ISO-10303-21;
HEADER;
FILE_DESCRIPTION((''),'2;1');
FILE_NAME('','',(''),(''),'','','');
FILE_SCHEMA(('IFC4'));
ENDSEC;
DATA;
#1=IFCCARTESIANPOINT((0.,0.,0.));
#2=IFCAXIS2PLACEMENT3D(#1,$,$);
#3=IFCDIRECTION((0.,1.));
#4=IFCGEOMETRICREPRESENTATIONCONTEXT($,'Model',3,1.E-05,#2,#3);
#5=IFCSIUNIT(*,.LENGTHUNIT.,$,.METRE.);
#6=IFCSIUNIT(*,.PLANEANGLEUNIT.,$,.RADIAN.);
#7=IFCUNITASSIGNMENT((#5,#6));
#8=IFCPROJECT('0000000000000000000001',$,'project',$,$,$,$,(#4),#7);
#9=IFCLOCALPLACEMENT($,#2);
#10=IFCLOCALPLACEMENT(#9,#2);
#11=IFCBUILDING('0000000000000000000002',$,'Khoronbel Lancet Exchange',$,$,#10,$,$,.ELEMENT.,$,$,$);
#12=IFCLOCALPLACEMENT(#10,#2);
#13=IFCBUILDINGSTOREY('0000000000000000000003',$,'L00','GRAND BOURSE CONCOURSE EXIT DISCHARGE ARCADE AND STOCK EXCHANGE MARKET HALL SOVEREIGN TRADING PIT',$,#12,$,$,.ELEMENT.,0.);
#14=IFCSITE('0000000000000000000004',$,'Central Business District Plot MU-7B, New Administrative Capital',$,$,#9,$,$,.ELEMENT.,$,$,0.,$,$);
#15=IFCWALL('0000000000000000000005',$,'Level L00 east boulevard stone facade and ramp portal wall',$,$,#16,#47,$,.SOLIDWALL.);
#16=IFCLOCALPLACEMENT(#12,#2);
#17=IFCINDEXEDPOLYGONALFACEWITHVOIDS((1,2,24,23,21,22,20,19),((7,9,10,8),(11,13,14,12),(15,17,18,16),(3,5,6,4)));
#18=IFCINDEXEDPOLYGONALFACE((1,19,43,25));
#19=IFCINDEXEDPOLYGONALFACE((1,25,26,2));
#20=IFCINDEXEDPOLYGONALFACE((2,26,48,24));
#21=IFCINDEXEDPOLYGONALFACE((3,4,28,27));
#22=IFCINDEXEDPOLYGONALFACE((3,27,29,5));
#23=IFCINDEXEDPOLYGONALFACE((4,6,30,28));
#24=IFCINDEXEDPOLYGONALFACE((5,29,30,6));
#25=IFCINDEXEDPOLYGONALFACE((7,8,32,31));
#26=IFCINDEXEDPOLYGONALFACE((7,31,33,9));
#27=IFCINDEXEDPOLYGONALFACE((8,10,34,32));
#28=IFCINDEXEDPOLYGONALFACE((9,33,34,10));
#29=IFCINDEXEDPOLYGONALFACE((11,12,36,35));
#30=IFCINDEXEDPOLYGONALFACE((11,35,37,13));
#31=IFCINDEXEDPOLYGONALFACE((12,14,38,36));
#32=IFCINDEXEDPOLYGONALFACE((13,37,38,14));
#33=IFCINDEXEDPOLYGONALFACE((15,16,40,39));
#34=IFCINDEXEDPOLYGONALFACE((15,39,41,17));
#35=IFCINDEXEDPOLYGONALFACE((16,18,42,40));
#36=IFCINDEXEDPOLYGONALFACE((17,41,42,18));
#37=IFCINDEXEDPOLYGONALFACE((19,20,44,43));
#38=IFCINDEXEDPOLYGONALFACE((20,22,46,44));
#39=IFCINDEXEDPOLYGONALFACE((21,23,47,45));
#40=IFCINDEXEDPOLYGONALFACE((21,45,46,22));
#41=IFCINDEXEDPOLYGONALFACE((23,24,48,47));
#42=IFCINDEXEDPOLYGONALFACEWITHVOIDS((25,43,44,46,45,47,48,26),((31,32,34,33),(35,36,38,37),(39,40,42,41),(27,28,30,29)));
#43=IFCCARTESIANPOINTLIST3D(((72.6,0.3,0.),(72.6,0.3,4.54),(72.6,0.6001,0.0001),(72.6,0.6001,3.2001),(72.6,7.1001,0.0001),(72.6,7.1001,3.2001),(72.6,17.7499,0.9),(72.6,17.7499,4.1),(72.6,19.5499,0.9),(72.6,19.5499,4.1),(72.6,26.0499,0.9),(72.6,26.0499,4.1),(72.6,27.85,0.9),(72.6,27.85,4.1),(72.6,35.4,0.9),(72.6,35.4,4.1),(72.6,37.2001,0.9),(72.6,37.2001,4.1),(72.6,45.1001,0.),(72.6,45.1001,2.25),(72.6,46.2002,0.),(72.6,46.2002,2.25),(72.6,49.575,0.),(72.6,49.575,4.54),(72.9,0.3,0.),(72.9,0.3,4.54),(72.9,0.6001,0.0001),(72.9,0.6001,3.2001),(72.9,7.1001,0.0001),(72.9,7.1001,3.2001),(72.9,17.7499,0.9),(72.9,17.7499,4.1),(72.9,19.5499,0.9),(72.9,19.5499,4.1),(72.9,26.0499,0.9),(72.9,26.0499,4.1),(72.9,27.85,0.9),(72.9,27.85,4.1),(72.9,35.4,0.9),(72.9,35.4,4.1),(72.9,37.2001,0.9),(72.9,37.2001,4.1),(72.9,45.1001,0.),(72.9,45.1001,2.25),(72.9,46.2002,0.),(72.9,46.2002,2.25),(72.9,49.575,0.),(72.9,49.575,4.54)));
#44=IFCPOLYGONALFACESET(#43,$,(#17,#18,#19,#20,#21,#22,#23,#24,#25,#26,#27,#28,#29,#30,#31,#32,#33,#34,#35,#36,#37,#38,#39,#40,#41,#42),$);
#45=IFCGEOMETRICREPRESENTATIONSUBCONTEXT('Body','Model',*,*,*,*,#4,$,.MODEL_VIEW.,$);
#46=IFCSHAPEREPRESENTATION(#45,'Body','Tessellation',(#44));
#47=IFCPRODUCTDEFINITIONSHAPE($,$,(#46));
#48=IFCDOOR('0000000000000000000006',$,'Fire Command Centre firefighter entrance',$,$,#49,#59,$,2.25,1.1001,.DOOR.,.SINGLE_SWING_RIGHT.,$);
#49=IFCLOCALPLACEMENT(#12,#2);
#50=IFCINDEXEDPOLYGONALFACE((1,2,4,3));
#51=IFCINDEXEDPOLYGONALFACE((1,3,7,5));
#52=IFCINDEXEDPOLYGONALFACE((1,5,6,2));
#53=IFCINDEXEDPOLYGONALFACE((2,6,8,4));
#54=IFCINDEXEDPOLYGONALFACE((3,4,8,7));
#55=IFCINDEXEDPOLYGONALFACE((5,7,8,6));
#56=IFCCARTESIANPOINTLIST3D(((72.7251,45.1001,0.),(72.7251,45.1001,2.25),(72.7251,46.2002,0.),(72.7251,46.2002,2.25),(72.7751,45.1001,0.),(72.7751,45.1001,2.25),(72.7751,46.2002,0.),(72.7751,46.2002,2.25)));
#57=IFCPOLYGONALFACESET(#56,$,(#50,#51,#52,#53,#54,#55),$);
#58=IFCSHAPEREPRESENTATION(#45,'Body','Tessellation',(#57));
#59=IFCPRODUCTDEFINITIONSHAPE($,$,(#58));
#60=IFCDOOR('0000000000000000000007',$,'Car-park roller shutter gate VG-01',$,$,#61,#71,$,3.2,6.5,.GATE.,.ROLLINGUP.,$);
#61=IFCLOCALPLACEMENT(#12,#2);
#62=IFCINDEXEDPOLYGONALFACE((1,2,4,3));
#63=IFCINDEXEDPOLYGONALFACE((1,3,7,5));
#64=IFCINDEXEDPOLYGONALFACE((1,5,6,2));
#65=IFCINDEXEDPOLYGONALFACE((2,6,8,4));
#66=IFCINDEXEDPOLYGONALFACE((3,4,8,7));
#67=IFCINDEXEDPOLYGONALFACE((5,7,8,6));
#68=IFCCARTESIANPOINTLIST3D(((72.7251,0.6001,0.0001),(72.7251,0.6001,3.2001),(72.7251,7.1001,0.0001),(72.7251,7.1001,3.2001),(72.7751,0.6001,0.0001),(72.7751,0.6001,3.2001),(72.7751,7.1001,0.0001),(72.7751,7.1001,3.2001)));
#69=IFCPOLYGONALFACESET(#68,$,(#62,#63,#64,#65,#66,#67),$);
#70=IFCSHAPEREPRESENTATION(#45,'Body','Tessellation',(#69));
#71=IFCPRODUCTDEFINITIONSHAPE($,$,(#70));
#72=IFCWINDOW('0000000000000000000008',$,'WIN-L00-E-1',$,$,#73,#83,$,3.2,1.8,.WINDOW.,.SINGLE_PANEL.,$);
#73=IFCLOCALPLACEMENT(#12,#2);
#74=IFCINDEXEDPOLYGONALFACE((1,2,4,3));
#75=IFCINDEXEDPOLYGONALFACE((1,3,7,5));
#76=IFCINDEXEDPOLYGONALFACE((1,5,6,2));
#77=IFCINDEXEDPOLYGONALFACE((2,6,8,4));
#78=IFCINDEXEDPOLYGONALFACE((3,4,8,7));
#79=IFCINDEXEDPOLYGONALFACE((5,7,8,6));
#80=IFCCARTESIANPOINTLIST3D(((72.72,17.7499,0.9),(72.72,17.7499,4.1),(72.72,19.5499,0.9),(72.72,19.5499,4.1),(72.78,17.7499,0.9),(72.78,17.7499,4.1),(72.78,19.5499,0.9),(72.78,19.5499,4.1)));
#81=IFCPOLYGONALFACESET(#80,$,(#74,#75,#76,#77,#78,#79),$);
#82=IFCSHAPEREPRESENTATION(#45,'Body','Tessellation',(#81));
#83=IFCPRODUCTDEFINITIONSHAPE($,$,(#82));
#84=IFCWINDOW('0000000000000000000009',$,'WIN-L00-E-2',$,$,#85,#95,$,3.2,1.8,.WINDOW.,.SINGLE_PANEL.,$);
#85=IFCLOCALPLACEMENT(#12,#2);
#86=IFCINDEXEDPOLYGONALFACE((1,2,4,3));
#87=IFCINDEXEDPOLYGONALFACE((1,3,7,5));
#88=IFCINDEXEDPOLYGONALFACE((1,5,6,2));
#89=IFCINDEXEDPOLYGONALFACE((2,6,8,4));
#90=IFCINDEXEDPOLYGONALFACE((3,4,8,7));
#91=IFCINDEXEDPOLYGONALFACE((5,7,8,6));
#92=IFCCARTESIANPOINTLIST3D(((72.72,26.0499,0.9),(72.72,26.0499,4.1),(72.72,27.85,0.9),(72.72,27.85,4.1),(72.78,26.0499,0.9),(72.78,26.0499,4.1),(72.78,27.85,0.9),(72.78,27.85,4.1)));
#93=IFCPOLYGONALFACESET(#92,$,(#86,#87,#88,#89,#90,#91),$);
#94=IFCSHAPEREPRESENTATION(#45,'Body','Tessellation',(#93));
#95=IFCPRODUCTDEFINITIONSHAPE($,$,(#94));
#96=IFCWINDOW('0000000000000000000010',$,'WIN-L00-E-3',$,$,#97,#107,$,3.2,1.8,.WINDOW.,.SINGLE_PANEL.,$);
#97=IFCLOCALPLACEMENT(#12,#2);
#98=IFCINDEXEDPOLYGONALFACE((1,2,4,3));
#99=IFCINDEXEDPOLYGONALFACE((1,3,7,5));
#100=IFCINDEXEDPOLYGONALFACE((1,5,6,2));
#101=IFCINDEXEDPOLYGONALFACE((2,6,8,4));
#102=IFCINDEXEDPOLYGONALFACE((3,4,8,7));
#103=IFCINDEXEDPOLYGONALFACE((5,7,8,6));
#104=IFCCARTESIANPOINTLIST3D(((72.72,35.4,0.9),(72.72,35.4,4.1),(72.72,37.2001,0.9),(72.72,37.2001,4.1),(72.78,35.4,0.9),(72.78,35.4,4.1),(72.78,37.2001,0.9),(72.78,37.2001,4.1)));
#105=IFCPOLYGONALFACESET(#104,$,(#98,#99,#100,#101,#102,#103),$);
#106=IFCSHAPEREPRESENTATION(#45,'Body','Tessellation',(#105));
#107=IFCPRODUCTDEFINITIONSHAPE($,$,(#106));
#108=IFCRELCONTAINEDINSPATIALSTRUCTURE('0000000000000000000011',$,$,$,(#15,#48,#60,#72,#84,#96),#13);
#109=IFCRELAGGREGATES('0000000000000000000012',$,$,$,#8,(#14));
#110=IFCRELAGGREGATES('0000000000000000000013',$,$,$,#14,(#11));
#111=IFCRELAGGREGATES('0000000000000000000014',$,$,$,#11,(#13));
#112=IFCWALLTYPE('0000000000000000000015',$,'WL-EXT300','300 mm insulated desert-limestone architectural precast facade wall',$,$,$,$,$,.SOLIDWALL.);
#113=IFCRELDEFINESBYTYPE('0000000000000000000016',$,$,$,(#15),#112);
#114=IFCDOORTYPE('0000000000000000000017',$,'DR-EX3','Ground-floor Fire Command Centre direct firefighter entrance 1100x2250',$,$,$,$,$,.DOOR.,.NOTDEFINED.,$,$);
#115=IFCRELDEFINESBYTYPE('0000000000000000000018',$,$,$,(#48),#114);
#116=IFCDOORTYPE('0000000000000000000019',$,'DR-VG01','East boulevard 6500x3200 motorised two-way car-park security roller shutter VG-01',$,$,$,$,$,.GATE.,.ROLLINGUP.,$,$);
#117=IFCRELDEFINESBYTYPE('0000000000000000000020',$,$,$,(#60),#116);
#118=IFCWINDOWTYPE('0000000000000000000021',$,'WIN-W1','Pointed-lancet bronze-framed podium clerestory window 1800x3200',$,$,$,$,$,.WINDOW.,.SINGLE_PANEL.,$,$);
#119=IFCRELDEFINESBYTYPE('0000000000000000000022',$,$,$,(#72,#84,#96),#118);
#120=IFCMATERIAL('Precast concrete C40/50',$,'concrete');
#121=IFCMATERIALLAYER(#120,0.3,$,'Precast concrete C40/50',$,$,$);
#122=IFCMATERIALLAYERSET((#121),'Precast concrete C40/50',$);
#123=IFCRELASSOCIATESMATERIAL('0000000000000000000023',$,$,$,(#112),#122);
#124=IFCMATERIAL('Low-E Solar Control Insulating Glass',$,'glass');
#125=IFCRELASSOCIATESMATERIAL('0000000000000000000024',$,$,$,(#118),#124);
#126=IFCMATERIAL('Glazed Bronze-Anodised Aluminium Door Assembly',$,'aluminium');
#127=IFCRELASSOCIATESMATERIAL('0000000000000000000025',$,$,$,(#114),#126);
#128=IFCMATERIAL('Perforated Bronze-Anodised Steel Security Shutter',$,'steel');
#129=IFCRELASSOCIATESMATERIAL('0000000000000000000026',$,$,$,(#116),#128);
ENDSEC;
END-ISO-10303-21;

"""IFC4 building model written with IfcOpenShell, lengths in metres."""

from ifc_helpers import new_model, si_unit, direction, frame, frame_2d, origin, place, context, subcontext, project, spatial, rectangle, extrude, material, layer, layer_set, type_object, element, fill, save


model = new_model("IFC4")

# Units and contexts
model_context = context("Model", 3, precision=1e-05, world=origin(), true_north=direction((0.0, 1.0)))
body_context = subcontext(model_context, "Body", "Model", "MODEL_VIEW")
ifc_project = project(units=[si_unit("LENGTHUNIT", "METRE"), si_unit("PLANEANGLEUNIT", "RADIAN")], contexts=[model_context])

# Site, building, storey
site_placement = place(None, origin())
site = spatial("IfcSite", under=ifc_project, at=site_placement, Name="Central Business District Plot MU-7B, New Administrative Capital", CompositionType="ELEMENT", RefElevation=0.0)
building_placement = place(site_placement, origin())
building = spatial("IfcBuilding", under=site, at=building_placement, Name="Khoronbel Lancet Exchange", CompositionType="ELEMENT")
storey_placement = place(building_placement, origin())
storey = spatial("IfcBuildingStorey", under=building, at=storey_placement, Name="L00", Description="GRAND BOURSE CONCOURSE EXIT DISCHARGE ARCADE AND STOCK EXCHANGE MARKET HALL SOVEREIGN TRADING PIT", CompositionType="ELEMENT", Elevation=0.0)

# Shared definitions
ifc_material_1 = material(Name="Precast concrete C40/50", Category="concrete")
ifc_material_2 = material(Name="Low-E Solar Control Insulating Glass", Category="glass")

# Wall, openings, doors, windows
ifc_layer_1 = layer(ifc_material_1, 0.3, Name="Precast concrete C40/50")
ifc_layer_set_1 = layer_set([ifc_layer_1], Name="Precast concrete C40/50")
wall_type_1 = type_object("IfcWallType", Name="WL-EXT300", Description="300 mm insulated desert-limestone architectural precast facade wall", PredefinedType="SOLIDWALL", material=ifc_layer_set_1)
ifc_material_3 = material(Name="Glazed Bronze-Anodised Aluminium Door Assembly", Category="aluminium")
window_type_1 = type_object("IfcWindowType", Name="WIN-W1", Description="Pointed-lancet bronze-framed podium clerestory window 1800x3200", PartitioningType="SINGLE_PANEL", PredefinedType="WINDOW", material=ifc_material_2)
wall_1_placement = place(storey_placement, frame((72.75, 0.3, 0.0), z_axis=(0.0, 0.0, 1.0), x_axis=(0.0, 1.0, 0.0)))
wall_1 = element("IfcWall", 1, at=wall_1_placement, inside=storey, type_object=wall_type_1, Name="Level L00 east boulevard stone facade and ramp portal wall", PredefinedType="SOLIDWALL", context=body_context, shape_type="SweptSolid", body=[
    extrude(rectangle(XDim=49.2749, YDim=0.3, at=frame_2d((24.6375, 0.0))), origin(), (0.0, 0.0, 1.0), 4.54),
])
opening_1_placement = place(wall_1_placement, frame((0.3, 0.0, 0.0)))
opening_1 = element("IfcOpeningElement", 2, at=opening_1_placement, cuts=wall_1, PredefinedType="OPENING", context=body_context, shape_type="SweptSolid", body=[
    extrude(rectangle(XDim=6.5, YDim=3.2, at=frame_2d((3.25, 1.6001))), frame((0.0, 0.1602, 0.0), z_axis=(0.0, -1.0, 0.0), x_axis=(1.0, 0.0, 0.0)), (0.0, 0.0, 1.0), 0.3201),
])
opening_2_placement = place(wall_1_placement, frame((44.8, 0.0, 0.0)))
opening_2 = element("IfcOpeningElement", 3, at=opening_2_placement, cuts=wall_1, PredefinedType="OPENING", context=body_context, shape_type="SweptSolid", body=[
    extrude(rectangle(XDim=1.1001, YDim=2.25, at=frame_2d((0.55, 1.125))), frame((0.0, 0.1602, 0.0), z_axis=(0.0, -1.0, 0.0), x_axis=(1.0, 0.0, 0.0)), (0.0, 0.0, 1.0), 0.3201),
])
opening_3_placement = place(wall_1_placement, frame((17.45, 0.0, 0.8999)))
opening_3 = element("IfcOpeningElement", 4, at=opening_3_placement, cuts=wall_1, PredefinedType="OPENING", context=body_context, shape_type="SweptSolid", body=[
    extrude(rectangle(XDim=1.8, YDim=3.2, at=frame_2d((0.8999, 1.6001))), frame((0.0, 0.1602, 0.0), z_axis=(0.0, -1.0, 0.0), x_axis=(1.0, 0.0, 0.0)), (0.0, 0.0, 1.0), 0.3201),
])
opening_4_placement = place(wall_1_placement, frame((25.75, 0.0, 0.8999)))
opening_4 = element("IfcOpeningElement", 5, at=opening_4_placement, cuts=wall_1, PredefinedType="OPENING", context=body_context, shape_type="SweptSolid", body=[
    extrude(rectangle(XDim=1.8, YDim=3.2, at=frame_2d((0.8999, 1.6001))), frame((0.0, 0.1602, 0.0), z_axis=(0.0, -1.0, 0.0), x_axis=(1.0, 0.0, 0.0)), (0.0, 0.0, 1.0), 0.3201),
])
opening_5_placement = place(wall_1_placement, frame((35.1001, 0.0, 0.8999)))
opening_5 = element("IfcOpeningElement", 6, at=opening_5_placement, cuts=wall_1, PredefinedType="OPENING", context=body_context, shape_type="SweptSolid", body=[
    extrude(rectangle(XDim=1.8, YDim=3.2, at=frame_2d((0.8999, 1.6001))), frame((0.0, 0.1602, 0.0), z_axis=(0.0, -1.0, 0.0), x_axis=(1.0, 0.0, 0.0)), (0.0, 0.0, 1.0), 0.3201),
])
door_type_1 = type_object("IfcDoorType", Name="DR-EX3", Description="Ground-floor Fire Command Centre direct firefighter entrance 1100x2250", OperationType="NOTDEFINED", PredefinedType="DOOR", material=ifc_material_3)
door_1_placement = place(opening_2_placement, origin())
door_1 = element("IfcDoor", 7, at=door_1_placement, inside=storey, type_object=door_type_1, Name="Fire Command Centre firefighter entrance", OperationType="SINGLE_SWING_RIGHT", OverallHeight=2.25, OverallWidth=1.1001, PredefinedType="DOOR", context=body_context, shape_type="SweptSolid", body=[
    extrude(rectangle(XDim=1.1001, YDim=2.25, at=frame_2d((0.55, 1.125))), frame((0.0, 0.0249, 0.0), z_axis=(0.0, -1.0, 0.0), x_axis=(1.0, 0.0, 0.0)), (0.0, 0.0, 1.0), 0.05),
])
fill(opening_2, door_1)
ifc_material_4 = material(Name="Perforated Bronze-Anodised Steel Security Shutter", Category="steel")
door_type_2 = type_object("IfcDoorType", Name="DR-VG01", Description="East boulevard 6500x3200 motorised two-way car-park security roller shutter VG-01", OperationType="ROLLINGUP", PredefinedType="GATE", material=ifc_material_4)
door_2_placement = place(opening_1_placement, origin())
door_2 = element("IfcDoor", 8, at=door_2_placement, inside=storey, type_object=door_type_2, Name="Car-park roller shutter gate VG-01", OperationType="ROLLINGUP", OverallHeight=3.2, OverallWidth=6.5, PredefinedType="GATE", context=body_context, shape_type="SweptSolid", body=[
    extrude(rectangle(XDim=6.5, YDim=3.2, at=frame_2d((3.25, 1.6001))), frame((0.0, 0.0249, 0.0), z_axis=(0.0, -1.0, 0.0), x_axis=(1.0, 0.0, 0.0)), (0.0, 0.0, 1.0), 0.05),
])
fill(opening_1, door_2)
window_1_placement = place(opening_3_placement, origin())
window_1 = element("IfcWindow", 9, at=window_1_placement, inside=storey, type_object=window_type_1, Name="WIN-L00-E-1", OverallHeight=3.2, OverallWidth=1.8, PartitioningType="SINGLE_PANEL", PredefinedType="WINDOW", context=body_context, shape_type="SweptSolid", body=[
    extrude(rectangle(XDim=1.8, YDim=3.2, at=frame_2d((0.8999, 1.6001))), frame((0.0, 0.03, 0.0), z_axis=(0.0, -1.0, 0.0), x_axis=(1.0, 0.0, 0.0)), (0.0, 0.0, 1.0), 0.0601),
])
fill(opening_3, window_1)
window_2_placement = place(opening_4_placement, origin())
window_2 = element("IfcWindow", 10, at=window_2_placement, inside=storey, type_object=window_type_1, Name="WIN-L00-E-2", OverallHeight=3.2, OverallWidth=1.8, PartitioningType="SINGLE_PANEL", PredefinedType="WINDOW", context=body_context, shape_type="SweptSolid", body=[
    extrude(rectangle(XDim=1.8, YDim=3.2, at=frame_2d((0.8999, 1.6001))), frame((0.0, 0.03, 0.0), z_axis=(0.0, -1.0, 0.0), x_axis=(1.0, 0.0, 0.0)), (0.0, 0.0, 1.0), 0.0601),
])
fill(opening_4, window_2)
window_3_placement = place(opening_5_placement, origin())
window_3 = element("IfcWindow", 11, at=window_3_placement, inside=storey, type_object=window_type_1, Name="WIN-L00-E-3", OverallHeight=3.2, OverallWidth=1.8, PartitioningType="SINGLE_PANEL", PredefinedType="WINDOW", context=body_context, shape_type="SweptSolid", body=[
    extrude(rectangle(XDim=1.8, YDim=3.2, at=frame_2d((0.8999, 1.6001))), frame((0.0, 0.03, 0.0), z_axis=(0.0, -1.0, 0.0), x_axis=(1.0, 0.0, 0.0)), (0.0, 0.0, 1.0), 0.0601),
])
fill(opening_5, window_3)

save(model, "model.ifc")
